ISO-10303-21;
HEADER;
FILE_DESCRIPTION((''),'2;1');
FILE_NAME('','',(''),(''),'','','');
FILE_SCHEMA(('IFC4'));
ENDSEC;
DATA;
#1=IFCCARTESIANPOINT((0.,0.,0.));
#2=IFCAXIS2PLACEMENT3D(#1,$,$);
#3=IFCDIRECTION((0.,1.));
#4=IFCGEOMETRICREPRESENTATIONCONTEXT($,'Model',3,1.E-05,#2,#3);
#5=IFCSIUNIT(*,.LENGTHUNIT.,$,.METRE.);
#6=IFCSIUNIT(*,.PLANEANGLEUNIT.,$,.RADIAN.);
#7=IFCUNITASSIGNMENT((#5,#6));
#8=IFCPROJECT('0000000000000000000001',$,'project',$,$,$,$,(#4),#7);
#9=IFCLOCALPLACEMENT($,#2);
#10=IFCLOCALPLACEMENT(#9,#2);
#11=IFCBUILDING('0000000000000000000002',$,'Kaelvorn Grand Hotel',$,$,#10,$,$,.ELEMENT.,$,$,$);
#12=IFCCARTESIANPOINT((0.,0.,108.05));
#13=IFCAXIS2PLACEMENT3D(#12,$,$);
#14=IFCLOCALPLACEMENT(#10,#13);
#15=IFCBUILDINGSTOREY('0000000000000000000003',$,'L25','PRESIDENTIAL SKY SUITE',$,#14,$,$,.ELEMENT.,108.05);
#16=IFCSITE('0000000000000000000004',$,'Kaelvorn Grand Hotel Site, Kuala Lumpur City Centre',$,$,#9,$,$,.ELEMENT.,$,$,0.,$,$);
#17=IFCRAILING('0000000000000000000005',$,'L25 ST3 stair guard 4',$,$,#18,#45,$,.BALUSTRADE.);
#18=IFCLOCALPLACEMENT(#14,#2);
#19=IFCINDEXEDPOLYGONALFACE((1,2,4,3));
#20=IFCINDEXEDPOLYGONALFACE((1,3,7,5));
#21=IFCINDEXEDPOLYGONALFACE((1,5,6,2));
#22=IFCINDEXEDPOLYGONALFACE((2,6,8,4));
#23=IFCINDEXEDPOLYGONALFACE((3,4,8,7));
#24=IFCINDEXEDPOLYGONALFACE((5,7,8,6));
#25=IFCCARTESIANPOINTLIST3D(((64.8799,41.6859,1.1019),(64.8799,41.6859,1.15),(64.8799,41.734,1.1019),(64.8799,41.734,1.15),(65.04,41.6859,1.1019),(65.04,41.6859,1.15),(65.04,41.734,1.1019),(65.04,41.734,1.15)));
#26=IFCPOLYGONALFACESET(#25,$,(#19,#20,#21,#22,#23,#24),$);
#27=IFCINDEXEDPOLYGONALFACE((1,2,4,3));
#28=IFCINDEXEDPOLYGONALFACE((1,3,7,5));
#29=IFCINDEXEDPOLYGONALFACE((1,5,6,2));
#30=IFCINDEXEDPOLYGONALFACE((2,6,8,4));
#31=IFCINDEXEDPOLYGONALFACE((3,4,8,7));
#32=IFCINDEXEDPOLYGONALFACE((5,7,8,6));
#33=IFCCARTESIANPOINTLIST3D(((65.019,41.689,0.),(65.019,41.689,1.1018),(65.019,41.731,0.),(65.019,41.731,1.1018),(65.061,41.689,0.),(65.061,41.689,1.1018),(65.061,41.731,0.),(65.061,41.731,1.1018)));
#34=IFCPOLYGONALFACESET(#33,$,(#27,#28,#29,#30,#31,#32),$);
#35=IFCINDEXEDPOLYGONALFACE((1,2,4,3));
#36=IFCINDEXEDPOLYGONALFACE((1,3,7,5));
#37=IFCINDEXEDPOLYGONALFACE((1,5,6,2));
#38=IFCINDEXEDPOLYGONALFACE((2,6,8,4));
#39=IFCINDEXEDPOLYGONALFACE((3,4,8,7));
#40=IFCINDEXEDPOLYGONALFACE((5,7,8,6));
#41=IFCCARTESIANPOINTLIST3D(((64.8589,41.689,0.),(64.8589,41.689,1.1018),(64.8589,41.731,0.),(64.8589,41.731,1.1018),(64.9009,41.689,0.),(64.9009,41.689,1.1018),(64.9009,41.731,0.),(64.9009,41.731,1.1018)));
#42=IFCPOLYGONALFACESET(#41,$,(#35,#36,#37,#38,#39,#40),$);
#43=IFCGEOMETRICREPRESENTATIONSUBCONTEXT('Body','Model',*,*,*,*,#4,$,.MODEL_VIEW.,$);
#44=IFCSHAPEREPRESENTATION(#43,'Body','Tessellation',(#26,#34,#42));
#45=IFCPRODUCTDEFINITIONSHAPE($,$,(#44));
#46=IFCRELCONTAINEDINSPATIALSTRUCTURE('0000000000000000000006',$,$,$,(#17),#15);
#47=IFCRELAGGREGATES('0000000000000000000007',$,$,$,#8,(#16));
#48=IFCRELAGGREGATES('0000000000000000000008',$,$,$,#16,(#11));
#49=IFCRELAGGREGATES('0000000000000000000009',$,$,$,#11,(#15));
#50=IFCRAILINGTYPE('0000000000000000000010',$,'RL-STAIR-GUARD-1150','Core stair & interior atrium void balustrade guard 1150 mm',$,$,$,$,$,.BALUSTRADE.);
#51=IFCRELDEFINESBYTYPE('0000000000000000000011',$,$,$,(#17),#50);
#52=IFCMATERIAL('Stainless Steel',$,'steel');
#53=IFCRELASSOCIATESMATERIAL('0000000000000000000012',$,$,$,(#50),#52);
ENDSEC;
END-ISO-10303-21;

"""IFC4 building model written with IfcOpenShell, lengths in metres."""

from ifc_helpers import new_model, si_unit, direction, frame, origin, origin_2d, place, context, subcontext, project, spatial, rectangle, extrude, material, type_object, element, save


model = new_model("IFC4")

# Units and contexts
model_context = context("Model", 3, precision=1e-05, world=origin(), true_north=direction((0.0, 1.0)))
body_context = subcontext(model_context, "Body", "Model", "MODEL_VIEW")
ifc_project = project(units=[si_unit("LENGTHUNIT", "METRE"), si_unit("PLANEANGLEUNIT", "RADIAN")], contexts=[model_context])

# Site, building, storey
site_placement = place(None, origin())
site = spatial("IfcSite", under=ifc_project, at=site_placement, Name="Kaelvorn Grand Hotel Site, Kuala Lumpur City Centre", CompositionType="ELEMENT", RefElevation=0.0)
building_placement = place(site_placement, origin())
building = spatial("IfcBuilding", under=site, at=building_placement, Name="Kaelvorn Grand Hotel", CompositionType="ELEMENT")
storey_placement = place(building_placement, frame((0.0, 0.0, 108.05)))
storey = spatial("IfcBuildingStorey", under=building, at=storey_placement, Name="L25", Description="PRESIDENTIAL SKY SUITE", CompositionType="ELEMENT", Elevation=108.05)

# Shared definitions
ifc_material_1 = material(Name="Stainless Steel", Category="steel")

# Railing
railing_type_1 = type_object("IfcRailingType", Name="RL-STAIR-GUARD-1150", Description="Core stair & interior atrium void balustrade guard 1150 mm", PredefinedType="BALUSTRADE", material=ifc_material_1)
railing_1_placement = place(storey_placement, frame((65.04, 41.71, 0.0)))
element("IfcRailing", 1, at=railing_1_placement, inside=storey, type_object=railing_type_1, Name="L25 ST3 stair guard 4", PredefinedType="BALUSTRADE", context=body_context, shape_type="SweptSolid", body=[
    extrude(rectangle(XDim=0.0481, YDim=0.0481, at=origin_2d()), frame((0.0, 0.0, 1.126), z_axis=(-1.0, 0.0, 0.0), x_axis=(0.0, -1.0, 0.0)), (0.0, 0.0, 1.0), 0.1602),
    extrude(rectangle(XDim=0.042, YDim=0.042, at=origin_2d()), origin(), (0.0, 0.0, 1.0), 1.1018),
    extrude(rectangle(XDim=0.042, YDim=0.042, at=origin_2d()), frame((-0.1602, 0.0, 0.0)), (0.0, 0.0, 1.0), 1.1018),
])

save(model, "model.ifc")
